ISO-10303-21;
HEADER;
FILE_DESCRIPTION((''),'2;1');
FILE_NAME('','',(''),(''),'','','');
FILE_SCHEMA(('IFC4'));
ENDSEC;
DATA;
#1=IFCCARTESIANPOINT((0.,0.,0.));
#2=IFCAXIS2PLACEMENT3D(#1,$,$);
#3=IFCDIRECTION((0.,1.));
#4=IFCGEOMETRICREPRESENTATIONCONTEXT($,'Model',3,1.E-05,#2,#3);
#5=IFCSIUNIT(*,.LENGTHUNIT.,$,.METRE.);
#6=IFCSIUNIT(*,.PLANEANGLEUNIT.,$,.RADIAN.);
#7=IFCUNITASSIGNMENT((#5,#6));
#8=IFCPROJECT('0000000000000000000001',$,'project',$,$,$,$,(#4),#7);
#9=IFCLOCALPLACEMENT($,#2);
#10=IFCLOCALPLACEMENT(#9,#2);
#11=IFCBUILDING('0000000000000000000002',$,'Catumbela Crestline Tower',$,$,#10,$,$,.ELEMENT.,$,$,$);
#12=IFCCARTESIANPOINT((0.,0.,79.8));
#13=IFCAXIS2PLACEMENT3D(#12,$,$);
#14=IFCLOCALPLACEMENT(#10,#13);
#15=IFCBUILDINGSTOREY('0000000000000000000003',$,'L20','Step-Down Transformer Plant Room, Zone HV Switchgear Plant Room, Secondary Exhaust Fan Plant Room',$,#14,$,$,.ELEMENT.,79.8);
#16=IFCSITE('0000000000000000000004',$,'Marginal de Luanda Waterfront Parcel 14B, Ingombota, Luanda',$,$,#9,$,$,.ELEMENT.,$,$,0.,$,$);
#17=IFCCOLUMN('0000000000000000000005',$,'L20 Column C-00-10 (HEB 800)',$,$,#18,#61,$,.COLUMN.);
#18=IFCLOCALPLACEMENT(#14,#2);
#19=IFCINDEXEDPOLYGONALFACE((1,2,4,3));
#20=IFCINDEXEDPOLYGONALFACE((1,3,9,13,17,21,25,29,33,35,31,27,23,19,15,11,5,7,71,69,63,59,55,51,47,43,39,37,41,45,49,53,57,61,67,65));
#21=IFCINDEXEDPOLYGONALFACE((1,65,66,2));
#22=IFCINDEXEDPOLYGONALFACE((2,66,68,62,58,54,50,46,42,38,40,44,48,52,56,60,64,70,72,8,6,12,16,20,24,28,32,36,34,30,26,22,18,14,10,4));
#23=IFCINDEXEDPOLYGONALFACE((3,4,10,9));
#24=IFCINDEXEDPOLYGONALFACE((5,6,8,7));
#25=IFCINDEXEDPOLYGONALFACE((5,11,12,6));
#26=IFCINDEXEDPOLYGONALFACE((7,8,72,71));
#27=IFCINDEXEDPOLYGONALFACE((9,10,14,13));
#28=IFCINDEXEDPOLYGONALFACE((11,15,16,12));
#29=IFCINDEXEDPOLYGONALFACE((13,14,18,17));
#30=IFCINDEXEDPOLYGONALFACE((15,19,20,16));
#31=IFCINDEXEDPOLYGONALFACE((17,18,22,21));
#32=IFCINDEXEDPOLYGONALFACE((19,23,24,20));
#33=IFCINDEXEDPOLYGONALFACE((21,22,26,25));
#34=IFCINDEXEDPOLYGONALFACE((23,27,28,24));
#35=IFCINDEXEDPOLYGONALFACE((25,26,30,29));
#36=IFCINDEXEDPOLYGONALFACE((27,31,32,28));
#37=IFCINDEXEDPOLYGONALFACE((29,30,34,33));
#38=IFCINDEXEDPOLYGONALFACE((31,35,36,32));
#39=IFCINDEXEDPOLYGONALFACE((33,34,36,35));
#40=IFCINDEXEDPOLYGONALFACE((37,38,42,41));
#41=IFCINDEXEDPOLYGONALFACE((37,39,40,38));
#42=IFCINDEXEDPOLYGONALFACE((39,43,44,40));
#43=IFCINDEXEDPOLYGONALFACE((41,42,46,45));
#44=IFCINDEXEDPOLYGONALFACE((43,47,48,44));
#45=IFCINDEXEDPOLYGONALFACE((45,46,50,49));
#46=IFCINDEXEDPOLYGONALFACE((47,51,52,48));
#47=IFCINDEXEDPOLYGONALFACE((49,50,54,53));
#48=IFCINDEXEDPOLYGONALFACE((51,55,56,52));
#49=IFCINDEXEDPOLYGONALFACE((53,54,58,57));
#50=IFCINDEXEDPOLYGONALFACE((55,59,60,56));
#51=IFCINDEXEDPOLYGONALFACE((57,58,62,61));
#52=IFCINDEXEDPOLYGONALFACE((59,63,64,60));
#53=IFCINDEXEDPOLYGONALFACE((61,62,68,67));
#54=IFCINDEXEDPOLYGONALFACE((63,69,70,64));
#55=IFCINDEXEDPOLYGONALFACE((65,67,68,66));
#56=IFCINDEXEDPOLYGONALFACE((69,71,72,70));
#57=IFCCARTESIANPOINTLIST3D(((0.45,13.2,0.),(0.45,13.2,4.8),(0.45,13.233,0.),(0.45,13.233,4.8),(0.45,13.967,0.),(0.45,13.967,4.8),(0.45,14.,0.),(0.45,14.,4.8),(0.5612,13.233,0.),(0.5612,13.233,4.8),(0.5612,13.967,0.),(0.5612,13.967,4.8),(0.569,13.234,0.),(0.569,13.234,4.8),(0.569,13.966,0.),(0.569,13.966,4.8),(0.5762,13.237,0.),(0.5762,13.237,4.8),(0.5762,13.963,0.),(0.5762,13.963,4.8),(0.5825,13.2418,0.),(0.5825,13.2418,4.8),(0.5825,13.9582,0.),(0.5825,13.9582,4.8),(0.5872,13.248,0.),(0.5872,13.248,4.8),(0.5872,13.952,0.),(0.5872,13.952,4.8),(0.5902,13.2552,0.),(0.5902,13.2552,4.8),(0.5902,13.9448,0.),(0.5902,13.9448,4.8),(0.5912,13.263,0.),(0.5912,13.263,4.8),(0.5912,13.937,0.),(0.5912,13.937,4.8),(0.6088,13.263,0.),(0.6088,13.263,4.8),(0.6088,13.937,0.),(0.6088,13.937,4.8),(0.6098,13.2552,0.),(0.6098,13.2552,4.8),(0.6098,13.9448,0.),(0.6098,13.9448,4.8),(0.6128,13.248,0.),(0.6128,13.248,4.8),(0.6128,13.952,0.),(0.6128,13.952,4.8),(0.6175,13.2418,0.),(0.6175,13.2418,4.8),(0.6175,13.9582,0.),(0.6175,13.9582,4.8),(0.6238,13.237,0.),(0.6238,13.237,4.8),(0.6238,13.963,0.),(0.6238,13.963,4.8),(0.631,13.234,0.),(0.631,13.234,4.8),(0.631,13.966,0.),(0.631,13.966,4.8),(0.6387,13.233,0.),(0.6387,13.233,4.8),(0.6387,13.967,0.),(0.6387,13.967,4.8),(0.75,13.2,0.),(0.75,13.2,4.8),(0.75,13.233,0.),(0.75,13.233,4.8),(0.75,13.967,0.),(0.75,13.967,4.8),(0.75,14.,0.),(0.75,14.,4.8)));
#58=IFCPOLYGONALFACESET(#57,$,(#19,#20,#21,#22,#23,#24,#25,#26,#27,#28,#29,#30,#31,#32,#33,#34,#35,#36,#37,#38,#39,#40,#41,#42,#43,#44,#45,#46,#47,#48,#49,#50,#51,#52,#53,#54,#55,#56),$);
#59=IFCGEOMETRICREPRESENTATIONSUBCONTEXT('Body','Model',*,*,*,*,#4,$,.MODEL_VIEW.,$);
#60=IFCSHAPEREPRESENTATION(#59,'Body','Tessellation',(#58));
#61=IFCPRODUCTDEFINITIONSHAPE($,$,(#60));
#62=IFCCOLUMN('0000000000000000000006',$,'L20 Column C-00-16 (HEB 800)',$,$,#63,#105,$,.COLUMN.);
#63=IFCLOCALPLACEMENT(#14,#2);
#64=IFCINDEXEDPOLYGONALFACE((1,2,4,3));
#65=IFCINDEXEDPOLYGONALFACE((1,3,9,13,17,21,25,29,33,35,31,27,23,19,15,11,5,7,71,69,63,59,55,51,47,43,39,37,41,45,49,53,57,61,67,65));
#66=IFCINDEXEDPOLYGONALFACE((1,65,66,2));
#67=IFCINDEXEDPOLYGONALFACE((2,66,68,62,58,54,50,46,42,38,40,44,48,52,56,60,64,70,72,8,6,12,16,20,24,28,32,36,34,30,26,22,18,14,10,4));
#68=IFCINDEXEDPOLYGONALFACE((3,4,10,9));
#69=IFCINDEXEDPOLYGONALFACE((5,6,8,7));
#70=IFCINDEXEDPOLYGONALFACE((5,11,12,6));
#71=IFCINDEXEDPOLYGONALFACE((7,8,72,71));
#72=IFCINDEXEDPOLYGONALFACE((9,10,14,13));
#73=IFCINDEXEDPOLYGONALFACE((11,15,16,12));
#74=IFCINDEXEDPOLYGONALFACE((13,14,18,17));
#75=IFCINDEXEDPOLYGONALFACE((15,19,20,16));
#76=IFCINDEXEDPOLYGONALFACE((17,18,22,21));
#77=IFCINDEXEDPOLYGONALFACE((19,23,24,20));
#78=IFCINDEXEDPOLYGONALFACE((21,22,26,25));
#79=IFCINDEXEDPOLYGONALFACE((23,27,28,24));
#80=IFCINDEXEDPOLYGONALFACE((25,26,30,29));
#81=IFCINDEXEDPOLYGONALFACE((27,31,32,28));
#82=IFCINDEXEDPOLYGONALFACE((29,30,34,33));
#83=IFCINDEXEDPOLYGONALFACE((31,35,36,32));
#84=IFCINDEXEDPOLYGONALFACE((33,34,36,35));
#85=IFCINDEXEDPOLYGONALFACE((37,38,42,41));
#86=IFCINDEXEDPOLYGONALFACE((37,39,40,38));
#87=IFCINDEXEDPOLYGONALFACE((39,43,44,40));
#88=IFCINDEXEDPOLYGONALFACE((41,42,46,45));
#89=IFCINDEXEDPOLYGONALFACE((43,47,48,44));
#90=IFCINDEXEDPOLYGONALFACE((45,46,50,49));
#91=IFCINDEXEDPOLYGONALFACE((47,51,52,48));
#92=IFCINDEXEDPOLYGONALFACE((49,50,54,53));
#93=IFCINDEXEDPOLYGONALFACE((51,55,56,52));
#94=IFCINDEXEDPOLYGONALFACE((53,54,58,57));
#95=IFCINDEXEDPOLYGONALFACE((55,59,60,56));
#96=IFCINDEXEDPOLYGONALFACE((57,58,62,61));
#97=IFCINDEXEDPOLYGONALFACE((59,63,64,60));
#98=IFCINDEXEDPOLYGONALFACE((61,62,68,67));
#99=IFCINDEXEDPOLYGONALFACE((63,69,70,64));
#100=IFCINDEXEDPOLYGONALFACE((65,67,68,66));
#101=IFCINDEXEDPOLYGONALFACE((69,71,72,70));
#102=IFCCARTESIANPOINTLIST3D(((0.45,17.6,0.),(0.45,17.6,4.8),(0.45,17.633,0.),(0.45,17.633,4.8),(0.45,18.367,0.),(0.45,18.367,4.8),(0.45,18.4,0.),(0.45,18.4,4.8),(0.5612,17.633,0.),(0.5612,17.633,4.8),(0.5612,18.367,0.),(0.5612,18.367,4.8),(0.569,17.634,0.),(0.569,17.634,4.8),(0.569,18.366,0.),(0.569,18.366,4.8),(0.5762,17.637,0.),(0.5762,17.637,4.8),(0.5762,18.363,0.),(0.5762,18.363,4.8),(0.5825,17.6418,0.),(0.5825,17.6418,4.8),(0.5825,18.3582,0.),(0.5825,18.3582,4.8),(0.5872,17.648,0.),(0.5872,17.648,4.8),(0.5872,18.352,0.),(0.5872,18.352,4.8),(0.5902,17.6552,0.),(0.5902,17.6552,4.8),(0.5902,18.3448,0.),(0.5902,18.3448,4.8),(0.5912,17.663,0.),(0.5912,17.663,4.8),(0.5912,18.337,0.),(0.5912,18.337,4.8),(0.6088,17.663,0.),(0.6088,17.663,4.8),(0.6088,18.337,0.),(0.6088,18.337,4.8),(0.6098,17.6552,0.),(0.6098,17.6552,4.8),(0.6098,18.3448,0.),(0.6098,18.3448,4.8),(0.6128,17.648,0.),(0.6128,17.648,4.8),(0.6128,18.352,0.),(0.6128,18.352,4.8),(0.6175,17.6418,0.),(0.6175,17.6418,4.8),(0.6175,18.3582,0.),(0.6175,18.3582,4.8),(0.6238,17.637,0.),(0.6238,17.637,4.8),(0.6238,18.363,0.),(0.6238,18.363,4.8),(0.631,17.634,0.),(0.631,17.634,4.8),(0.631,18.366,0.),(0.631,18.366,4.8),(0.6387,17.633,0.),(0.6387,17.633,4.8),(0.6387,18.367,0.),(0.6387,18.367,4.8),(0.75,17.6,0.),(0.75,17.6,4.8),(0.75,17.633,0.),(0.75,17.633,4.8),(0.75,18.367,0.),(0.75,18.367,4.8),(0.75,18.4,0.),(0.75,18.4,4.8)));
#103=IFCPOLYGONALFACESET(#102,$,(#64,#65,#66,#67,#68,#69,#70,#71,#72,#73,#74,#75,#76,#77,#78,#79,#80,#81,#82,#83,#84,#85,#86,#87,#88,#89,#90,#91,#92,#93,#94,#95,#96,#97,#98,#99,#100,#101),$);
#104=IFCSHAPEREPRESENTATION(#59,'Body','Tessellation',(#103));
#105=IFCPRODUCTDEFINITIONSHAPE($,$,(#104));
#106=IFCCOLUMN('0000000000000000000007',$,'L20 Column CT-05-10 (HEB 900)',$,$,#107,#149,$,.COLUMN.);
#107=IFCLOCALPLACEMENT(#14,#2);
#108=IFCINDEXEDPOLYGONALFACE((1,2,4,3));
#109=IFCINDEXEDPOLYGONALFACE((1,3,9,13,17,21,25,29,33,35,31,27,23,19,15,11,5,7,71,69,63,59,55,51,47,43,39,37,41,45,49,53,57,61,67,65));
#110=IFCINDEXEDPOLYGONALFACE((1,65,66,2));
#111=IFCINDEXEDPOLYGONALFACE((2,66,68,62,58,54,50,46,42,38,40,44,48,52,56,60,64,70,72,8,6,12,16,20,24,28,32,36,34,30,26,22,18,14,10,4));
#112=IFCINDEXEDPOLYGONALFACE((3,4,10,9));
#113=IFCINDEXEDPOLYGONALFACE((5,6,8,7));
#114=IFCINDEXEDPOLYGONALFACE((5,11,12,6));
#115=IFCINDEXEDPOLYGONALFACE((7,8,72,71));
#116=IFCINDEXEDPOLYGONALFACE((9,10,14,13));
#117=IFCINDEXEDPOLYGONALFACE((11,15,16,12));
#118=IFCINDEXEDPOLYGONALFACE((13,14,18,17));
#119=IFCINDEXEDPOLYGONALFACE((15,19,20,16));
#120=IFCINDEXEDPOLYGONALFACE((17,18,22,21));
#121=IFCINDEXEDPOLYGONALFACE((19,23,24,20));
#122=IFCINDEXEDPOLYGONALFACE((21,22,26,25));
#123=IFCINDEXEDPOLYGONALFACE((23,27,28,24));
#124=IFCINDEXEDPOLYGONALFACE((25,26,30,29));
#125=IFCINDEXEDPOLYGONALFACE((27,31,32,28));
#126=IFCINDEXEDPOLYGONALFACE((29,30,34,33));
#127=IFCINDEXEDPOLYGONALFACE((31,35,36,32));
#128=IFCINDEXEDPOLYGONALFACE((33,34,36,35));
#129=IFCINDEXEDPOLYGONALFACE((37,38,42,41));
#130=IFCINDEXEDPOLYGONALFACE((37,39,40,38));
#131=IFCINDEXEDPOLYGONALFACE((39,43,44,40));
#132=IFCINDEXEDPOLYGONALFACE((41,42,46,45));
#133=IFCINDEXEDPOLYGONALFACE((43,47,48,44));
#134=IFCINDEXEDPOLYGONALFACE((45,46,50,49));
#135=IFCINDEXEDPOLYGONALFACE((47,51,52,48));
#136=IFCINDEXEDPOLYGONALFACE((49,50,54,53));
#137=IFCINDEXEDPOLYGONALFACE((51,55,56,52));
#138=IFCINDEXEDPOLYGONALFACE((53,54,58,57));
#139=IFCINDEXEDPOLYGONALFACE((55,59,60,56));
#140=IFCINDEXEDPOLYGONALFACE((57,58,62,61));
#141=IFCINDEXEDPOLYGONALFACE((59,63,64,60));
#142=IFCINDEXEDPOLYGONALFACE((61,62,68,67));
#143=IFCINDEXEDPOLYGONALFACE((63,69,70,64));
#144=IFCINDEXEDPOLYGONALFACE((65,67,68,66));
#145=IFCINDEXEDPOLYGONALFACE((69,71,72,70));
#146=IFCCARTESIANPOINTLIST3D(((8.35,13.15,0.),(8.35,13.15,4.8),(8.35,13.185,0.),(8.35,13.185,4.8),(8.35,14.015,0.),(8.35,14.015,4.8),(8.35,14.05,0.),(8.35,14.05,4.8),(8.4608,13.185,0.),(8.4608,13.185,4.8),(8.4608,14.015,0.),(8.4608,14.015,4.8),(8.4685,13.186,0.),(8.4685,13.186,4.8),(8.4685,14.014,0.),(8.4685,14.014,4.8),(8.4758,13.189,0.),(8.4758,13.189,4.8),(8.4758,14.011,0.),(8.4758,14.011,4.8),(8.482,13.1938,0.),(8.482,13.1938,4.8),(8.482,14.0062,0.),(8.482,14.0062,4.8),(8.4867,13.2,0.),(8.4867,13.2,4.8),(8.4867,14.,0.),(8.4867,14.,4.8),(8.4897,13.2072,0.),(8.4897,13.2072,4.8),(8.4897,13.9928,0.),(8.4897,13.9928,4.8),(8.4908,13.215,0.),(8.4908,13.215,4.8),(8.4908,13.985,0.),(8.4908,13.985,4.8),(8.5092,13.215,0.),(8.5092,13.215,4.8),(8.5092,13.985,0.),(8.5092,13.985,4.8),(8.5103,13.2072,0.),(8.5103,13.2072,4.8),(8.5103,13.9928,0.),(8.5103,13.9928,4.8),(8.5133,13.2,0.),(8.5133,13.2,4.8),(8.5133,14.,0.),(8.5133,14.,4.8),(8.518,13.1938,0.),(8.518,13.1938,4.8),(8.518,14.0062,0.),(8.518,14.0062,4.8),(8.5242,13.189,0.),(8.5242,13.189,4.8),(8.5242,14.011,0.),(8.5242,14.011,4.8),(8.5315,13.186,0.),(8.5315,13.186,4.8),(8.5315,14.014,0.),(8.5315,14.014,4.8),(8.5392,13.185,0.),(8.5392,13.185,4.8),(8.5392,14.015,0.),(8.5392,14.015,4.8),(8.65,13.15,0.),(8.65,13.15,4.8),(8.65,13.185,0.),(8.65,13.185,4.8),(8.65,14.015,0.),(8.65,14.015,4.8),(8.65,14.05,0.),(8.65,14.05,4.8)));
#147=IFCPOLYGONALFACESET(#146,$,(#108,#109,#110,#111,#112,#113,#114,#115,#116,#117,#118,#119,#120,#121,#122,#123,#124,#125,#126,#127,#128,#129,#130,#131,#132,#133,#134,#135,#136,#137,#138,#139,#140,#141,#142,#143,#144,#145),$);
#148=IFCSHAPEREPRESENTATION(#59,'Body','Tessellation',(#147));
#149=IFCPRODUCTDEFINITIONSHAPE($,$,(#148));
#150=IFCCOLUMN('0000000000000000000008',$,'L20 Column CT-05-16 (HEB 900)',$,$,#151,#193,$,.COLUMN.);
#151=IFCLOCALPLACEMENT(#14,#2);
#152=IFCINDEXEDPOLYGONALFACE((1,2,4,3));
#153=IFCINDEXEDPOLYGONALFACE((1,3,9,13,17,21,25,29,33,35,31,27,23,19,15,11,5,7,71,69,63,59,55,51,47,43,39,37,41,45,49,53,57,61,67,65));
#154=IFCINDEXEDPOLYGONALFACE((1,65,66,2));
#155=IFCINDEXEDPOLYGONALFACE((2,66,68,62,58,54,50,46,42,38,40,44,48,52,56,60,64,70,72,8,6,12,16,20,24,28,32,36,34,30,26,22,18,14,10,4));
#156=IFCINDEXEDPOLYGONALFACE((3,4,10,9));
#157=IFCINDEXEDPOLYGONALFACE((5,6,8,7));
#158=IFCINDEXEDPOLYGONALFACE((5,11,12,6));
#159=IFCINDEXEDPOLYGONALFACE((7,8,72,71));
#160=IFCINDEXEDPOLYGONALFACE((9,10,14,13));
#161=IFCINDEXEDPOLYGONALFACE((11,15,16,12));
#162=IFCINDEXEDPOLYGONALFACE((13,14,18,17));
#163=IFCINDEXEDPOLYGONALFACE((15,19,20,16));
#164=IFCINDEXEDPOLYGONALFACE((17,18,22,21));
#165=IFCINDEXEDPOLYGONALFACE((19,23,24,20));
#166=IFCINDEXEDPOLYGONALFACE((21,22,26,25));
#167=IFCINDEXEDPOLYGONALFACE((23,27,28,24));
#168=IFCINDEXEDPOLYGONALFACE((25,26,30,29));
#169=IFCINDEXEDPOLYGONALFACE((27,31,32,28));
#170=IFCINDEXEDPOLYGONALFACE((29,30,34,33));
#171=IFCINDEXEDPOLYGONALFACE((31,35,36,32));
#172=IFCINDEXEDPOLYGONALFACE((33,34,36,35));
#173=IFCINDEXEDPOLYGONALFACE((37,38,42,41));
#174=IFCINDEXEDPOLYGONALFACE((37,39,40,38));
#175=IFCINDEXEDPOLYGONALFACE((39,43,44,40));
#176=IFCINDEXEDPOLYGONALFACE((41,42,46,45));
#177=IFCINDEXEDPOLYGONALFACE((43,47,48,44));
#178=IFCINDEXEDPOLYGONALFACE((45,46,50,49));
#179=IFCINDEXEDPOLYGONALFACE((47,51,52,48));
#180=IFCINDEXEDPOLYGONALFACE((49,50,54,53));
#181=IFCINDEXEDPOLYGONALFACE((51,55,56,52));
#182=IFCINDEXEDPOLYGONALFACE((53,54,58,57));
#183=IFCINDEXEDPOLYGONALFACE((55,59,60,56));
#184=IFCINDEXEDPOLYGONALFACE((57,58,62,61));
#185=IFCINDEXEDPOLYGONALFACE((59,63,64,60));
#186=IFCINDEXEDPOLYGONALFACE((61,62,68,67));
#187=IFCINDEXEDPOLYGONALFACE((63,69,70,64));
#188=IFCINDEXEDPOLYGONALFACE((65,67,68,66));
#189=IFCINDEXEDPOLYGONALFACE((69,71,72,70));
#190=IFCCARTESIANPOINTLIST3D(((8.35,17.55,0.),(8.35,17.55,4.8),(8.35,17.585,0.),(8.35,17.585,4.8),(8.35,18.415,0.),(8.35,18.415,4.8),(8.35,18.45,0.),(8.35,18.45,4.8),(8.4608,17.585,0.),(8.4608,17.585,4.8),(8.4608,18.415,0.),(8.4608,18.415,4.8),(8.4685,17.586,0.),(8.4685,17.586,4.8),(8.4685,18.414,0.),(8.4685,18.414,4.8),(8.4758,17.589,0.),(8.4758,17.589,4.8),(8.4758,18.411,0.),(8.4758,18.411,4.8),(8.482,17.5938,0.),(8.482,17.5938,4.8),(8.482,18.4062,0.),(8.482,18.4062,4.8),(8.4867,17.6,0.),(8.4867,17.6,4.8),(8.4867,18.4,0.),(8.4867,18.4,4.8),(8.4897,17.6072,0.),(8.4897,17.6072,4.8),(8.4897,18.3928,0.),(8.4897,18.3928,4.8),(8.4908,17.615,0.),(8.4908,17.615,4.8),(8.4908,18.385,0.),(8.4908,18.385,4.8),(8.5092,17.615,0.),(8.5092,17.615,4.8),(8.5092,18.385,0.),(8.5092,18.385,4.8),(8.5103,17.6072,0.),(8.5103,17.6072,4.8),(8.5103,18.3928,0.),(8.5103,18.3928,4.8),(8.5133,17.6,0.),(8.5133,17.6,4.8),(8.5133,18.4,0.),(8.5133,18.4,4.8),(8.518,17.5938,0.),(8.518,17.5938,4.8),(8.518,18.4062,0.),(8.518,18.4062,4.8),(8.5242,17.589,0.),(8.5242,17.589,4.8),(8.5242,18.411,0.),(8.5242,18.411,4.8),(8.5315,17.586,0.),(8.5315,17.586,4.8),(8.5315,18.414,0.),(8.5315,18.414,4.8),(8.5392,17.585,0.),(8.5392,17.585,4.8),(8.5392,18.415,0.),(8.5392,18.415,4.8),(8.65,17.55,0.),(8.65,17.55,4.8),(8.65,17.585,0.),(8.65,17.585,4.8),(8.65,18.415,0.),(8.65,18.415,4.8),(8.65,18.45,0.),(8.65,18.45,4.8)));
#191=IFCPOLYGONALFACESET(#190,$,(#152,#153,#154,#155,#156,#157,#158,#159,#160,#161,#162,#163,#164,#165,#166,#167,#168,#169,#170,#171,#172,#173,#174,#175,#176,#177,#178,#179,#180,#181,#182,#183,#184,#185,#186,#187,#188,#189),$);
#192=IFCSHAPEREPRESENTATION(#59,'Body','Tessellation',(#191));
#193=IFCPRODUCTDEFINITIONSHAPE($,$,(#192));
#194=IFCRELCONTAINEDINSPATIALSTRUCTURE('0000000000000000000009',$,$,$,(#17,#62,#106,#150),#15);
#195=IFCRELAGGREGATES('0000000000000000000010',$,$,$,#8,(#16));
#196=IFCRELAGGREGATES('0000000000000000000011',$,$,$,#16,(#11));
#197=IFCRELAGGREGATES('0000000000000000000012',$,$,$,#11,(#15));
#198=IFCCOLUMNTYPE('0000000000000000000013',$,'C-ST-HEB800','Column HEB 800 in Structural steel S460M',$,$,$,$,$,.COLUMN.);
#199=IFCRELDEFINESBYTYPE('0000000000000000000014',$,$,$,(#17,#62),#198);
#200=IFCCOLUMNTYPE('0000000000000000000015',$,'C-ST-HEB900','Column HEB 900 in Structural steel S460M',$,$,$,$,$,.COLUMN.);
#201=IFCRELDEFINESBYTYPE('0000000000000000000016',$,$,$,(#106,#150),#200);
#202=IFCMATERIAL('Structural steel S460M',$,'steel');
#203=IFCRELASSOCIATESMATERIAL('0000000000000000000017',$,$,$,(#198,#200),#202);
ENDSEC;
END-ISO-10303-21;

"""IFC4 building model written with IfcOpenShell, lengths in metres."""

from ifc_helpers import new_model, si_unit, direction, frame, origin, origin_2d, place, context, subcontext, project, spatial, i_section, extrude, material, material_profile, profile_set, type_object, element, save


model = new_model("IFC4")

# Units and contexts
model_context = context("Model", 3, precision=1e-05, world=origin(), true_north=direction((0.0, 1.0)))
body_context = subcontext(model_context, "Body", "Model", "MODEL_VIEW")
ifc_project = project(units=[si_unit("LENGTHUNIT", "METRE"), si_unit("PLANEANGLEUNIT", "RADIAN")], contexts=[model_context])

# Site, building, storey
site_placement = place(None, origin())
site = spatial("IfcSite", under=ifc_project, at=site_placement, Name="Marginal de Luanda Waterfront Parcel 14B, Ingombota, Luanda", CompositionType="ELEMENT", RefElevation=0.0)
building_placement = place(site_placement, origin())
building = spatial("IfcBuilding", under=site, at=building_placement, Name="Catumbela Crestline Tower", CompositionType="ELEMENT")
storey_placement = place(building_placement, frame((0.0, 0.0, 79.8)))
storey = spatial("IfcBuildingStorey", under=building, at=storey_placement, Name="L20", Description="Step-Down Transformer Plant Room, Zone HV Switchgear Plant Room, Secondary Exhaust Fan Plant Room", CompositionType="ELEMENT", Elevation=79.8)

# Columns
ifc_material_1 = material(Name="Structural steel S460M", Category="steel")
ifc_material_profile_1 = material_profile(ifc_material_1, i_section(OverallWidth=0.3, OverallDepth=0.8, WebThickness=0.0175, FlangeThickness=0.033, FilletRadius=0.03, at=origin_2d()), Name="HEB 800")
ifc_profile_set_1 = profile_set([ifc_material_profile_1], Name="Structural steel S460M")
column_type_1 = type_object("IfcColumnType", Name="C-ST-HEB800", Description="Column HEB 800 in Structural steel S460M", PredefinedType="COLUMN", material=ifc_profile_set_1)
for number, where, z_axis, x_axis, name in (
    (1, (0.6, 13.6, 0.0), (0.0, 0.0, 1.0), (1.0, 0.0, 0.0), "L20 Column C-00-10 (HEB 800)"),
    (2, (0.6, 18.0, 0.0), (0.0, 0.0, 1.0), (1.0, 0.0, 0.0), "L20 Column C-00-16 (HEB 800)"),
):
    element("IfcColumn", number, at=place(storey_placement, frame(where, z_axis=z_axis, x_axis=x_axis)), inside=storey, type_object=column_type_1, Name=name, PredefinedType="COLUMN", context=body_context, shape_type="SweptSolid", body=[
        extrude(i_section(OverallWidth=0.3, OverallDepth=0.8, WebThickness=0.0175, FlangeThickness=0.033, FilletRadius=0.03, at=origin_2d()), origin(), (0.0, 0.0, 1.0), 4.8),
    ])
ifc_material_profile_2 = material_profile(ifc_material_1, i_section(OverallWidth=0.3, OverallDepth=0.9, WebThickness=0.0185, FlangeThickness=0.035, FilletRadius=0.03, at=origin_2d()), Name="HEB 900")
ifc_profile_set_2 = profile_set([ifc_material_profile_2], Name="Structural steel S460M")
column_type_2 = type_object("IfcColumnType", Name="C-ST-HEB900", Description="Column HEB 900 in Structural steel S460M", PredefinedType="COLUMN", material=ifc_profile_set_2)
for number, where, z_axis, x_axis, name in (
    (3, (8.5, 13.6, 0.0), (0.0, 0.0, 1.0), (1.0, 0.0, 0.0), "L20 Column CT-05-10 (HEB 900)"),
    (4, (8.5, 18.0, 0.0), (0.0, 0.0, 1.0), (1.0, 0.0, 0.0), "L20 Column CT-05-16 (HEB 900)"),
):
    element("IfcColumn", number, at=place(storey_placement, frame(where, z_axis=z_axis, x_axis=x_axis)), inside=storey, type_object=column_type_2, Name=name, PredefinedType="COLUMN", context=body_context, shape_type="SweptSolid", body=[
        extrude(i_section(OverallWidth=0.3, OverallDepth=0.9, WebThickness=0.0185, FlangeThickness=0.035, FilletRadius=0.03, at=origin_2d()), origin(), (0.0, 0.0, 1.0), 4.8),
    ])

save(model, "model.ifc")
